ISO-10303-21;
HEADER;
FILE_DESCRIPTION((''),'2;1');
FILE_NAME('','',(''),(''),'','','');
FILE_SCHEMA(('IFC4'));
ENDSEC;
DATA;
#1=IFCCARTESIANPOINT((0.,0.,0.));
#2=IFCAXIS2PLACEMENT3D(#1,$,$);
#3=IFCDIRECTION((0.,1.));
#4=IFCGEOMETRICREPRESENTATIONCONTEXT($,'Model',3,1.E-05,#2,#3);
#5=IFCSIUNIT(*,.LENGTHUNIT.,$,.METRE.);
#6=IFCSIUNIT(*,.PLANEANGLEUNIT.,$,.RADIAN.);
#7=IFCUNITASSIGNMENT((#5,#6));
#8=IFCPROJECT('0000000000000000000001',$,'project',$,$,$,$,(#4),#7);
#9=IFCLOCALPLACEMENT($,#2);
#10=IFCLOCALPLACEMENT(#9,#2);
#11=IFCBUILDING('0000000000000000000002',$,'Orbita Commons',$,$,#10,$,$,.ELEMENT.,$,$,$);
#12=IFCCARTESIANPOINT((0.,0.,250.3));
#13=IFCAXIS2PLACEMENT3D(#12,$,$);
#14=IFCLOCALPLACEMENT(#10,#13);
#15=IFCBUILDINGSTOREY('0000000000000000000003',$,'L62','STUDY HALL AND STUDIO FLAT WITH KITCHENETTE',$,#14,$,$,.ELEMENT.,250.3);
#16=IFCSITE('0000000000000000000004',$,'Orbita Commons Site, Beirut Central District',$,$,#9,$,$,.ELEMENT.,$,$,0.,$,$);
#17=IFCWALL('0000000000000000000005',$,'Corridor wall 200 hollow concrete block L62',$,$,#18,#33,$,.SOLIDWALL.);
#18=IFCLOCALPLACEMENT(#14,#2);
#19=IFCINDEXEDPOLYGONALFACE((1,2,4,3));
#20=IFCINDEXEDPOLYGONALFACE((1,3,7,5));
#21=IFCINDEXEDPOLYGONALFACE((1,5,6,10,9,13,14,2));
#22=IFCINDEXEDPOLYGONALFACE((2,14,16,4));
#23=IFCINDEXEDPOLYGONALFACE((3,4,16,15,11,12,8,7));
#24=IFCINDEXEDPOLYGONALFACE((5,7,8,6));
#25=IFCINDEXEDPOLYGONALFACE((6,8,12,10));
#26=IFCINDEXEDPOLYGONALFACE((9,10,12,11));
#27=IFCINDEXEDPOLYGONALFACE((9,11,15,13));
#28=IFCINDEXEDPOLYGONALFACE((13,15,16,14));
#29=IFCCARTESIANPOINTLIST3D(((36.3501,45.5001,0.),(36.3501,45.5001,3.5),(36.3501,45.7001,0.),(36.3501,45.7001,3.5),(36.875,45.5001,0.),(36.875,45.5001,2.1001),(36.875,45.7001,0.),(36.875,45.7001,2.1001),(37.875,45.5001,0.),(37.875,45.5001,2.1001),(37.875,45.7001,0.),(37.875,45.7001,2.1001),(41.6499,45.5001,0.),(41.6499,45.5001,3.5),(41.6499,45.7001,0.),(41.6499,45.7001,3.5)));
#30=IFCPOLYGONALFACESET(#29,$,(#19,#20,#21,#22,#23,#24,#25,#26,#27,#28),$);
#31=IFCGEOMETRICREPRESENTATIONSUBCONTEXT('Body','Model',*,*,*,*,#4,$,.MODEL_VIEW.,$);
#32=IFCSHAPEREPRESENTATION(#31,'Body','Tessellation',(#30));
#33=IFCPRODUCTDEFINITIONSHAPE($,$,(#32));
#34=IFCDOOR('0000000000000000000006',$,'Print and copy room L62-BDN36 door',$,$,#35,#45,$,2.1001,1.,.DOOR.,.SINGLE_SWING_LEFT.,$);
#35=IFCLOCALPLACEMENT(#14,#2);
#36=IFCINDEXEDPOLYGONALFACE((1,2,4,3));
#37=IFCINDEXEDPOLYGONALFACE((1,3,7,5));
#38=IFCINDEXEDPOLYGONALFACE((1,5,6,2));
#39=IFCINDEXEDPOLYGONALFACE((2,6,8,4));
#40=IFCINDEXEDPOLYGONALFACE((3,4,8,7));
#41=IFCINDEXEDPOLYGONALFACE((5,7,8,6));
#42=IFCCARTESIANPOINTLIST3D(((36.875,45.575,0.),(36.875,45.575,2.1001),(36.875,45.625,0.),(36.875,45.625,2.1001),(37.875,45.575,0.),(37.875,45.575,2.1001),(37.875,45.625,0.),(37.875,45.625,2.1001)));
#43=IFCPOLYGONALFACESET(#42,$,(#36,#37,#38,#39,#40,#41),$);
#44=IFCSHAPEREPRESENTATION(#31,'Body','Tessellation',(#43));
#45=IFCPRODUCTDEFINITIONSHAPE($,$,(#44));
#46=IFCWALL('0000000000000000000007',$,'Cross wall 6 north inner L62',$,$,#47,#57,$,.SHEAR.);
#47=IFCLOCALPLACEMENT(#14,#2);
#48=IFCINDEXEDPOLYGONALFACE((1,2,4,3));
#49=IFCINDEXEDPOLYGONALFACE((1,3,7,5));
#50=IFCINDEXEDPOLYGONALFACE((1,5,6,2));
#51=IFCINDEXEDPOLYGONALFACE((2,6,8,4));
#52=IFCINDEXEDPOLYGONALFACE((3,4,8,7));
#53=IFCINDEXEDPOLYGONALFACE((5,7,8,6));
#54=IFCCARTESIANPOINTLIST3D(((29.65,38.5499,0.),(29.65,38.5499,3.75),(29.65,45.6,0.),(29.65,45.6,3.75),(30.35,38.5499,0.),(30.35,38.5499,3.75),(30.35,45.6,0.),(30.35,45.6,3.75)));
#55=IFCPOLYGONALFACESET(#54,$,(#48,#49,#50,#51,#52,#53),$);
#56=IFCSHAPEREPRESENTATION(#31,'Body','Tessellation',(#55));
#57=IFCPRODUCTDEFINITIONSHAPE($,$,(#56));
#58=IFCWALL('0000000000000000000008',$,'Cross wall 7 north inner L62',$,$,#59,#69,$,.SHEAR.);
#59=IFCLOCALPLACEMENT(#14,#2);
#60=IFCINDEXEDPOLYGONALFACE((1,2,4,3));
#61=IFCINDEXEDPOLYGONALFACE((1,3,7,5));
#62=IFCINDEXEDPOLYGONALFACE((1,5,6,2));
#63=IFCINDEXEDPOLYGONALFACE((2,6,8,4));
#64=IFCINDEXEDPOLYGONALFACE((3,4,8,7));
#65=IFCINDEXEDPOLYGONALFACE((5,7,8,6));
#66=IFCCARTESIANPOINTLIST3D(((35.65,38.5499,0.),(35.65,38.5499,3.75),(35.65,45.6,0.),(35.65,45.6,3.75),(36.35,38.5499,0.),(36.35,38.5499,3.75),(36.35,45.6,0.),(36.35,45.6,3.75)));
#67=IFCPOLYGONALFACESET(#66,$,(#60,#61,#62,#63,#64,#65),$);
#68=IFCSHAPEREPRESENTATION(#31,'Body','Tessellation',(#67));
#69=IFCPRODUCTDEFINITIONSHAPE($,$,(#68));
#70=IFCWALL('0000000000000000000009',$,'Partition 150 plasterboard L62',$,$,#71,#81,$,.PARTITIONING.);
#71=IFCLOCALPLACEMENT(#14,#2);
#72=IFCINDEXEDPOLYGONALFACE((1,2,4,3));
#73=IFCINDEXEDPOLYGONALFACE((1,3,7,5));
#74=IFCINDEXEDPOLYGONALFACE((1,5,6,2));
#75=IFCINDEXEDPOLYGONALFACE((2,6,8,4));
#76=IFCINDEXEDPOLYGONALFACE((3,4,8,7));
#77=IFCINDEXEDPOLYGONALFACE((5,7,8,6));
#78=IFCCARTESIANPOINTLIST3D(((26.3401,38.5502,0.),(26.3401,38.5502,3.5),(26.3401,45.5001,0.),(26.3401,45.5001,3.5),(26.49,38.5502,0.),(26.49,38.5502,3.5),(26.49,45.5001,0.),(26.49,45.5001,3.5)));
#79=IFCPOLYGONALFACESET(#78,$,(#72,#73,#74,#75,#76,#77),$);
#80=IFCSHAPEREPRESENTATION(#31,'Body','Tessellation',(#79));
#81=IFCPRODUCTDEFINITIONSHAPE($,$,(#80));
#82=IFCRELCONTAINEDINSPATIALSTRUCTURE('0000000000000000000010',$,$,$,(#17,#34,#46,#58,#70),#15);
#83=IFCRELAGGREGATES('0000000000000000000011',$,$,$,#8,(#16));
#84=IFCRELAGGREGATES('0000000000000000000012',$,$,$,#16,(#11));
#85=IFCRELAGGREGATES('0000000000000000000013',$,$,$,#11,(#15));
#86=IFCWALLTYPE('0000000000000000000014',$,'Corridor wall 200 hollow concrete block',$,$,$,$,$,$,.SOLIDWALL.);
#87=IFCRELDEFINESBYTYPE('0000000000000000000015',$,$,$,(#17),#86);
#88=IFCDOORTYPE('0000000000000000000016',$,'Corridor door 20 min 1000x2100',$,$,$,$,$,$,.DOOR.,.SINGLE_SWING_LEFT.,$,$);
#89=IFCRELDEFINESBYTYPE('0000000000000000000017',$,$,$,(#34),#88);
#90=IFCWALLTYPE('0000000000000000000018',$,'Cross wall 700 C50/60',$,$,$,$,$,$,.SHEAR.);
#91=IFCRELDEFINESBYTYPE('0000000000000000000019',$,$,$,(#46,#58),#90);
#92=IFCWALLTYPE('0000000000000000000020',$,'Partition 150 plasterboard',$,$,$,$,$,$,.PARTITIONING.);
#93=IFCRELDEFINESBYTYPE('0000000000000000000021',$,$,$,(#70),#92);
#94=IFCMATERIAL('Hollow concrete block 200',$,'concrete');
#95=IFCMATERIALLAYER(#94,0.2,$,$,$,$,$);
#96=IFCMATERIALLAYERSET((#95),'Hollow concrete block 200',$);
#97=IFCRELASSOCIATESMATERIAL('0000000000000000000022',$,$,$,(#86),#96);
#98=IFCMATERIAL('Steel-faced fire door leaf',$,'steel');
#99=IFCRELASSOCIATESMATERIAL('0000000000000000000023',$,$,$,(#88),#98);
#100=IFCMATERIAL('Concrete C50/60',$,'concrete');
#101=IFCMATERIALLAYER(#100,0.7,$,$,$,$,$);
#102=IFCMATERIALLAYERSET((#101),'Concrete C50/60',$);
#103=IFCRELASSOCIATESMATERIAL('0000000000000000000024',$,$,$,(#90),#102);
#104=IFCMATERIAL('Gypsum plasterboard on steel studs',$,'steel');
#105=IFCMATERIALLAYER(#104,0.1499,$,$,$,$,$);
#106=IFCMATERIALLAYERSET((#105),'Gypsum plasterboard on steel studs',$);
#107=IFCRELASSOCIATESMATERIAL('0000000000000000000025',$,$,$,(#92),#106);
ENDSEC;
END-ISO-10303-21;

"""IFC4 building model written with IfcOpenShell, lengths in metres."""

from ifc_helpers import new_model, si_unit, direction, frame, frame_2d, origin, place, context, subcontext, project, spatial, rectangle, extrude, material, layer, layer_set, type_object, element, fill, save


model = new_model("IFC4")

# Units and contexts
model_context = context("Model", 3, precision=1e-05, world=origin(), true_north=direction((0.0, 1.0)))
body_context = subcontext(model_context, "Body", "Model", "MODEL_VIEW")
ifc_project = project(units=[si_unit("LENGTHUNIT", "METRE"), si_unit("PLANEANGLEUNIT", "RADIAN")], contexts=[model_context])

# Site, building, storey
site_placement = place(None, origin())
site = spatial("IfcSite", under=ifc_project, at=site_placement, Name="Orbita Commons Site, Beirut Central District", CompositionType="ELEMENT", RefElevation=0.0)
building_placement = place(site_placement, origin())
building = spatial("IfcBuilding", under=site, at=building_placement, Name="Orbita Commons", CompositionType="ELEMENT")
storey_placement = place(building_placement, frame((0.0, 0.0, 250.3)))
storey = spatial("IfcBuildingStorey", under=building, at=storey_placement, Name="L62", Description="STUDY HALL AND STUDIO FLAT WITH KITCHENETTE", CompositionType="ELEMENT", Elevation=250.3)

# Wall, opening, door
ifc_material_1 = material(Name="Hollow concrete block 200", Category="concrete")
ifc_layer_1 = layer(ifc_material_1, 0.2)
ifc_layer_set_1 = layer_set([ifc_layer_1], Name="Hollow concrete block 200")
wall_type_1 = type_object("IfcWallType", Name="Corridor wall 200 hollow concrete block", PredefinedType="SOLIDWALL", material=ifc_layer_set_1)
ifc_material_2 = material(Name="Steel-faced fire door leaf", Category="steel")
door_type_1 = type_object("IfcDoorType", Name="Corridor door 20 min 1000x2100", OperationType="SINGLE_SWING_LEFT", PredefinedType="DOOR", material=ifc_material_2)
wall_1_placement = place(storey_placement, frame((36.3501, 45.6001, 0.0), z_axis=(0.0, 0.0, 1.0), x_axis=(1.0, 0.0, 0.0)))
wall_1 = element("IfcWall", 1, at=wall_1_placement, inside=storey, type_object=wall_type_1, Name="Corridor wall 200 hollow concrete block L62", PredefinedType="SOLIDWALL", context=body_context, shape_type="SweptSolid", body=[
    extrude(rectangle(XDim=5.2998, YDim=0.2, at=frame_2d((2.6499, 0.0))), origin(), (0.0, 0.0, 1.0), 3.5),
])
opening_1_placement = place(wall_1_placement, frame((0.5249, 0.0, 0.0)))
opening_1 = element("IfcOpeningElement", 2, at=opening_1_placement, cuts=wall_1, PredefinedType="OPENING", context=body_context, shape_type="SweptSolid", body=[
    extrude(rectangle(XDim=1.0, YDim=2.1001, at=frame_2d((0.5, 1.05))), frame((0.0, 0.1099, 0.0), z_axis=(0.0, -1.0, 0.0), x_axis=(1.0, 0.0, 0.0)), (0.0, 0.0, 1.0), 0.22),
])
door_1_placement = place(opening_1_placement, origin())
door_1 = element("IfcDoor", 3, at=door_1_placement, inside=storey, type_object=door_type_1, Name="Print and copy room L62-BDN36 door", OperationType="SINGLE_SWING_LEFT", OverallHeight=2.1001, OverallWidth=1.0, PredefinedType="DOOR", context=body_context, shape_type="SweptSolid", body=[
    extrude(rectangle(XDim=1.0, YDim=2.1001, at=frame_2d((0.5, 1.05))), frame((0.0, 0.0249, 0.0), z_axis=(0.0, -1.0, 0.0), x_axis=(1.0, 0.0, 0.0)), (0.0, 0.0, 1.0), 0.05),
])
fill(opening_1, door_1)

# Walls
ifc_material_3 = material(Name="Concrete C50/60", Category="concrete")
ifc_layer_2 = layer(ifc_material_3, 0.7)
ifc_layer_set_2 = layer_set([ifc_layer_2], Name="Concrete C50/60")
wall_type_2 = type_object("IfcWallType", Name="Cross wall 700 C50/60", PredefinedType="SHEAR", material=ifc_layer_set_2)
for number, where, z_axis, x_axis, name in (
    (4, (30.0, 38.55, 0.0), (0.0, 0.0, 1.0), (0.0, 1.0, 0.0), "Cross wall 6 north inner L62"),
    (5, (36.0, 38.55, 0.0), (0.0, 0.0, 1.0), (0.0, 1.0, 0.0), "Cross wall 7 north inner L62"),
):
    element("IfcWall", number, at=place(storey_placement, frame(where, z_axis=z_axis, x_axis=x_axis)), inside=storey, type_object=wall_type_2, Name=name, PredefinedType="SHEAR", context=body_context, shape_type="SweptSolid", body=[
        extrude(rectangle(XDim=7.05, YDim=0.7, at=frame_2d((3.5249, 0.0))), origin(), (0.0, 0.0, 1.0), 3.75),
    ])
ifc_material_4 = material(Name="Gypsum plasterboard on steel studs", Category="steel")
ifc_layer_3 = layer(ifc_material_4, 0.1499)
ifc_layer_set_3 = layer_set([ifc_layer_3], Name="Gypsum plasterboard on steel studs")
wall_type_3 = type_object("IfcWallType", Name="Partition 150 plasterboard", PredefinedType="PARTITIONING", material=ifc_layer_set_3)
wall_2_placement = place(storey_placement, frame((26.415, 38.55, 0.0), z_axis=(0.0, 0.0, 1.0), x_axis=(0.0, 1.0, 0.0)))
element("IfcWall", 6, at=wall_2_placement, inside=storey, type_object=wall_type_3, Name="Partition 150 plasterboard L62", PredefinedType="PARTITIONING", context=body_context, shape_type="SweptSolid", body=[
    extrude(rectangle(XDim=6.95, YDim=0.1499, at=frame_2d((3.4751, 0.0))), origin(), (0.0, 0.0, 1.0), 3.5),
])

save(model, "model.ifc")
